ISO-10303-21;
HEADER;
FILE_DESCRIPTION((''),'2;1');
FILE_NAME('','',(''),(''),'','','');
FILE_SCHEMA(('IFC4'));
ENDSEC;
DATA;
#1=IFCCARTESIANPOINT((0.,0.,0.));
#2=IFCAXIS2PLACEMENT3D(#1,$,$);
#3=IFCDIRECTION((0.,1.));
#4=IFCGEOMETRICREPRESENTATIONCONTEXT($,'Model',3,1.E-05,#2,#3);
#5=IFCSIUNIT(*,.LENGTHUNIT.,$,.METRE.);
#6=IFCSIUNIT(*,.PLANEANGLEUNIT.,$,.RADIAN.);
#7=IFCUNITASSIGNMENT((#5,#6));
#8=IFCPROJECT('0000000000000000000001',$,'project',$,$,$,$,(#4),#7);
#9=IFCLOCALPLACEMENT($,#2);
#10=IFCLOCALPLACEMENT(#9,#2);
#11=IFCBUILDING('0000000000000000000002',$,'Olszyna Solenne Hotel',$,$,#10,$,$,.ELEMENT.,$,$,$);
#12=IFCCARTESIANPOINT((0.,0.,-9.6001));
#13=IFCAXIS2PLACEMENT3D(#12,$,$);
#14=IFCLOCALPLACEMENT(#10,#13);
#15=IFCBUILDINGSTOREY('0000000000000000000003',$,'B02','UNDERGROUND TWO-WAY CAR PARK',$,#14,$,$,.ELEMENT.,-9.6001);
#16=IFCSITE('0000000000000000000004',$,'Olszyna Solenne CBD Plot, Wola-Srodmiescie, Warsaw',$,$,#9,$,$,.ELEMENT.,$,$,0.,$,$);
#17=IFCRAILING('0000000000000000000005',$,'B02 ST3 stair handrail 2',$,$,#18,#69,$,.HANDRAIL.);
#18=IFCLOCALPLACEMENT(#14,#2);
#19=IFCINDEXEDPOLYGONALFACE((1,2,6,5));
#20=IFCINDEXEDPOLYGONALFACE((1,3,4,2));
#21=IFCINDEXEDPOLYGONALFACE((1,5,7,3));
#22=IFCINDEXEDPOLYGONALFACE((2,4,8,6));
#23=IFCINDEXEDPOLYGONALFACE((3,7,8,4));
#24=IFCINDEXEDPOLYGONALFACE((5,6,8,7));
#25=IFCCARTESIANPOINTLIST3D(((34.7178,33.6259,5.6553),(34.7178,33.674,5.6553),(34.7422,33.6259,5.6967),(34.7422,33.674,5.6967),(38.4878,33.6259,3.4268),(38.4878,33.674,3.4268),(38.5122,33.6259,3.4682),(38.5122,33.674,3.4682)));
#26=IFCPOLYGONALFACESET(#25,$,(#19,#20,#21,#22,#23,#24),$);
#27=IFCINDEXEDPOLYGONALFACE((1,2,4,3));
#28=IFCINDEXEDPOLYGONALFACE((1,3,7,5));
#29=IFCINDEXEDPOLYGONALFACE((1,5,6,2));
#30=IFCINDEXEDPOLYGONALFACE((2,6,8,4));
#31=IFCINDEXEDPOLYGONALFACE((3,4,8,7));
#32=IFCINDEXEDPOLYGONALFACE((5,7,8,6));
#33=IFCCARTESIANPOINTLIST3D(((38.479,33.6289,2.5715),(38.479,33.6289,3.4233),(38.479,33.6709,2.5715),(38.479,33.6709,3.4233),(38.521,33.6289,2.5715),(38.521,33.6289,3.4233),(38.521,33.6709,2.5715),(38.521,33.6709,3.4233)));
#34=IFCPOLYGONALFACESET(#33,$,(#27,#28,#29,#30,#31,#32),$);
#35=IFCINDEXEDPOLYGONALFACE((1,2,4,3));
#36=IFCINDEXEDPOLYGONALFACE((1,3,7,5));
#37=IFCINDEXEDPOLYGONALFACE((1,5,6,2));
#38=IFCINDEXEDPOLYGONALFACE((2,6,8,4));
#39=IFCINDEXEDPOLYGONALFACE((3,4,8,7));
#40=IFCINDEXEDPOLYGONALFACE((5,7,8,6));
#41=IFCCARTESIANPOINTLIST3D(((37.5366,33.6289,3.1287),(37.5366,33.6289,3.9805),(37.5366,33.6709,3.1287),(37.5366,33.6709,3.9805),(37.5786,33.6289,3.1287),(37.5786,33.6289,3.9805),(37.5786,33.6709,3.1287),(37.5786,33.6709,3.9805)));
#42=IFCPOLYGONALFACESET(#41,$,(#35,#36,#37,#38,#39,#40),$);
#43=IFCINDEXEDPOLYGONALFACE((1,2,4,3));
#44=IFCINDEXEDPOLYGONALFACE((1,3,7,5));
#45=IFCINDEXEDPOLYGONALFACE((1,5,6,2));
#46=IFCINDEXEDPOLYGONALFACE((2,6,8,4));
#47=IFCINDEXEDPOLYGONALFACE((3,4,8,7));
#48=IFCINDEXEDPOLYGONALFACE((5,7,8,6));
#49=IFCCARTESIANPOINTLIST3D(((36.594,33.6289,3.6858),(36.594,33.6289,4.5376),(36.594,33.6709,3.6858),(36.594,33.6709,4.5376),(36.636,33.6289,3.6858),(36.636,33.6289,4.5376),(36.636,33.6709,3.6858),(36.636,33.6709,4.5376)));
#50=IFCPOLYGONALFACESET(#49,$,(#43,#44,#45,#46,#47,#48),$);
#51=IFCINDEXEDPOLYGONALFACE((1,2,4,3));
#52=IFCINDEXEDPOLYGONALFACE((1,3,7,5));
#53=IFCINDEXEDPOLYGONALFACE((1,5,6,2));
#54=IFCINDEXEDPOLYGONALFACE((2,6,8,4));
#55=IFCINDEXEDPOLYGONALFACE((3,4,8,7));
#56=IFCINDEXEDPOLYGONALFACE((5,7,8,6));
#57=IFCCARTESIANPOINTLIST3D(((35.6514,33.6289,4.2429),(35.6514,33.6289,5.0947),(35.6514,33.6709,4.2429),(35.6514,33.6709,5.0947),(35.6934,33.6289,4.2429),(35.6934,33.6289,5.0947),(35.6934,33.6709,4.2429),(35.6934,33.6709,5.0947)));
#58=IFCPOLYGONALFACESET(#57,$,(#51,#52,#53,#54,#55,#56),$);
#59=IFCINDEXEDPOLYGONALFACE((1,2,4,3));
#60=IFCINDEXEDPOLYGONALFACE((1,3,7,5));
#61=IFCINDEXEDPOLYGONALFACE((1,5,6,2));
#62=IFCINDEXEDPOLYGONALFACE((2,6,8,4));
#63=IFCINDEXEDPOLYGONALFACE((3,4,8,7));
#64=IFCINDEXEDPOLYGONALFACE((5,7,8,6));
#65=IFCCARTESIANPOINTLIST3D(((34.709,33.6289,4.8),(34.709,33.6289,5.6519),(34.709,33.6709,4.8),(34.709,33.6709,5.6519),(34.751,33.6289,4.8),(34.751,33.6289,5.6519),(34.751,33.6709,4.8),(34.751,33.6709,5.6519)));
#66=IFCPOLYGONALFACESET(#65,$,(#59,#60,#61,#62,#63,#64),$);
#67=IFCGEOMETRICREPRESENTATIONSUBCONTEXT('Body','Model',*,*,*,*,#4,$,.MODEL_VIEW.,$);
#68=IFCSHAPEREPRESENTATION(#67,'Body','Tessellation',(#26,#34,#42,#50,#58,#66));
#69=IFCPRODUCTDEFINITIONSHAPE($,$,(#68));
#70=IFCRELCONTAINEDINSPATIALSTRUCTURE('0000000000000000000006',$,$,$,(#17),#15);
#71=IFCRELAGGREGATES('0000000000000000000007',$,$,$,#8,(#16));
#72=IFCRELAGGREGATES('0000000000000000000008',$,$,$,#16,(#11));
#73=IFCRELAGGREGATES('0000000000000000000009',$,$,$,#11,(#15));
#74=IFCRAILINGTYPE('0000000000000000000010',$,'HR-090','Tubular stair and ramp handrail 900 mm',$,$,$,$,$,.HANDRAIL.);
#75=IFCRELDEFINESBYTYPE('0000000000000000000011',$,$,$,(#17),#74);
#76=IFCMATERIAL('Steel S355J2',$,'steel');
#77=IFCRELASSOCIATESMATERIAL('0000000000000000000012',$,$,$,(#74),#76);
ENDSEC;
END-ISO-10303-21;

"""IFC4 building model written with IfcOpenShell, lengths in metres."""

from ifc_helpers import new_model, si_unit, direction, frame, origin, origin_2d, place, context, subcontext, project, spatial, rectangle, extrude, material, type_object, element, save


model = new_model("IFC4")

# Units and contexts
model_context = context("Model", 3, precision=1e-05, world=origin(), true_north=direction((0.0, 1.0)))
body_context = subcontext(model_context, "Body", "Model", "MODEL_VIEW")
ifc_project = project(units=[si_unit("LENGTHUNIT", "METRE"), si_unit("PLANEANGLEUNIT", "RADIAN")], contexts=[model_context])

# Site, building, storey
site_placement = place(None, origin())
site = spatial("IfcSite", under=ifc_project, at=site_placement, Name="Olszyna Solenne CBD Plot, Wola-Srodmiescie, Warsaw", CompositionType="ELEMENT", RefElevation=0.0)
building_placement = place(site_placement, origin())
building = spatial("IfcBuilding", under=site, at=building_placement, Name="Olszyna Solenne Hotel", CompositionType="ELEMENT")
storey_placement = place(building_placement, frame((0.0, 0.0, -9.6001)))
storey = spatial("IfcBuildingStorey", under=building, at=storey_placement, Name="B02", Description="UNDERGROUND TWO-WAY CAR PARK", CompositionType="ELEMENT", Elevation=-9.6001)

# Railing
ifc_material_1 = material(Name="Steel S355J2", Category="steel")
railing_type_1 = type_object("IfcRailingType", Name="HR-090", Description="Tubular stair and ramp handrail 900 mm", PredefinedType="HANDRAIL", material=ifc_material_1)
railing_1_placement = place(storey_placement, frame((38.5, 33.6499, 2.5715)))
element("IfcRailing", 1, at=railing_1_placement, inside=storey, type_object=railing_type_1, Name="B02 ST3 stair handrail 2", PredefinedType="HANDRAIL", context=body_context, shape_type="SweptSolid", body=[
    extrude(rectangle(XDim=0.0481, YDim=0.0481, at=origin_2d()), frame((0.0, 0.0, 0.876), z_axis=(-0.860849, 0.0, 0.508861), x_axis=(0.0, -1.0, 0.0)), (0.0, 0.0, 1.0), 4.3794),
    extrude(rectangle(XDim=0.042, YDim=0.042, at=origin_2d()), origin(), (0.0, 0.0, 1.0), 0.8518),
    extrude(rectangle(XDim=0.042, YDim=0.042, at=origin_2d()), frame((-0.9424, 0.0, 0.5571)), (0.0, 0.0, 1.0), 0.8518),
    extrude(rectangle(XDim=0.042, YDim=0.042, at=origin_2d()), frame((-1.885, 0.0, 1.1143)), (0.0, 0.0, 1.0), 0.8518),
    extrude(rectangle(XDim=0.042, YDim=0.042, at=origin_2d()), frame((-2.8276, 0.0, 1.6714)), (0.0, 0.0, 1.0), 0.8518),
    extrude(rectangle(XDim=0.042, YDim=0.042, at=origin_2d()), frame((-3.77, 0.0, 2.2285)), (0.0, 0.0, 1.0), 0.8518),
])

save(model, "model.ifc")
